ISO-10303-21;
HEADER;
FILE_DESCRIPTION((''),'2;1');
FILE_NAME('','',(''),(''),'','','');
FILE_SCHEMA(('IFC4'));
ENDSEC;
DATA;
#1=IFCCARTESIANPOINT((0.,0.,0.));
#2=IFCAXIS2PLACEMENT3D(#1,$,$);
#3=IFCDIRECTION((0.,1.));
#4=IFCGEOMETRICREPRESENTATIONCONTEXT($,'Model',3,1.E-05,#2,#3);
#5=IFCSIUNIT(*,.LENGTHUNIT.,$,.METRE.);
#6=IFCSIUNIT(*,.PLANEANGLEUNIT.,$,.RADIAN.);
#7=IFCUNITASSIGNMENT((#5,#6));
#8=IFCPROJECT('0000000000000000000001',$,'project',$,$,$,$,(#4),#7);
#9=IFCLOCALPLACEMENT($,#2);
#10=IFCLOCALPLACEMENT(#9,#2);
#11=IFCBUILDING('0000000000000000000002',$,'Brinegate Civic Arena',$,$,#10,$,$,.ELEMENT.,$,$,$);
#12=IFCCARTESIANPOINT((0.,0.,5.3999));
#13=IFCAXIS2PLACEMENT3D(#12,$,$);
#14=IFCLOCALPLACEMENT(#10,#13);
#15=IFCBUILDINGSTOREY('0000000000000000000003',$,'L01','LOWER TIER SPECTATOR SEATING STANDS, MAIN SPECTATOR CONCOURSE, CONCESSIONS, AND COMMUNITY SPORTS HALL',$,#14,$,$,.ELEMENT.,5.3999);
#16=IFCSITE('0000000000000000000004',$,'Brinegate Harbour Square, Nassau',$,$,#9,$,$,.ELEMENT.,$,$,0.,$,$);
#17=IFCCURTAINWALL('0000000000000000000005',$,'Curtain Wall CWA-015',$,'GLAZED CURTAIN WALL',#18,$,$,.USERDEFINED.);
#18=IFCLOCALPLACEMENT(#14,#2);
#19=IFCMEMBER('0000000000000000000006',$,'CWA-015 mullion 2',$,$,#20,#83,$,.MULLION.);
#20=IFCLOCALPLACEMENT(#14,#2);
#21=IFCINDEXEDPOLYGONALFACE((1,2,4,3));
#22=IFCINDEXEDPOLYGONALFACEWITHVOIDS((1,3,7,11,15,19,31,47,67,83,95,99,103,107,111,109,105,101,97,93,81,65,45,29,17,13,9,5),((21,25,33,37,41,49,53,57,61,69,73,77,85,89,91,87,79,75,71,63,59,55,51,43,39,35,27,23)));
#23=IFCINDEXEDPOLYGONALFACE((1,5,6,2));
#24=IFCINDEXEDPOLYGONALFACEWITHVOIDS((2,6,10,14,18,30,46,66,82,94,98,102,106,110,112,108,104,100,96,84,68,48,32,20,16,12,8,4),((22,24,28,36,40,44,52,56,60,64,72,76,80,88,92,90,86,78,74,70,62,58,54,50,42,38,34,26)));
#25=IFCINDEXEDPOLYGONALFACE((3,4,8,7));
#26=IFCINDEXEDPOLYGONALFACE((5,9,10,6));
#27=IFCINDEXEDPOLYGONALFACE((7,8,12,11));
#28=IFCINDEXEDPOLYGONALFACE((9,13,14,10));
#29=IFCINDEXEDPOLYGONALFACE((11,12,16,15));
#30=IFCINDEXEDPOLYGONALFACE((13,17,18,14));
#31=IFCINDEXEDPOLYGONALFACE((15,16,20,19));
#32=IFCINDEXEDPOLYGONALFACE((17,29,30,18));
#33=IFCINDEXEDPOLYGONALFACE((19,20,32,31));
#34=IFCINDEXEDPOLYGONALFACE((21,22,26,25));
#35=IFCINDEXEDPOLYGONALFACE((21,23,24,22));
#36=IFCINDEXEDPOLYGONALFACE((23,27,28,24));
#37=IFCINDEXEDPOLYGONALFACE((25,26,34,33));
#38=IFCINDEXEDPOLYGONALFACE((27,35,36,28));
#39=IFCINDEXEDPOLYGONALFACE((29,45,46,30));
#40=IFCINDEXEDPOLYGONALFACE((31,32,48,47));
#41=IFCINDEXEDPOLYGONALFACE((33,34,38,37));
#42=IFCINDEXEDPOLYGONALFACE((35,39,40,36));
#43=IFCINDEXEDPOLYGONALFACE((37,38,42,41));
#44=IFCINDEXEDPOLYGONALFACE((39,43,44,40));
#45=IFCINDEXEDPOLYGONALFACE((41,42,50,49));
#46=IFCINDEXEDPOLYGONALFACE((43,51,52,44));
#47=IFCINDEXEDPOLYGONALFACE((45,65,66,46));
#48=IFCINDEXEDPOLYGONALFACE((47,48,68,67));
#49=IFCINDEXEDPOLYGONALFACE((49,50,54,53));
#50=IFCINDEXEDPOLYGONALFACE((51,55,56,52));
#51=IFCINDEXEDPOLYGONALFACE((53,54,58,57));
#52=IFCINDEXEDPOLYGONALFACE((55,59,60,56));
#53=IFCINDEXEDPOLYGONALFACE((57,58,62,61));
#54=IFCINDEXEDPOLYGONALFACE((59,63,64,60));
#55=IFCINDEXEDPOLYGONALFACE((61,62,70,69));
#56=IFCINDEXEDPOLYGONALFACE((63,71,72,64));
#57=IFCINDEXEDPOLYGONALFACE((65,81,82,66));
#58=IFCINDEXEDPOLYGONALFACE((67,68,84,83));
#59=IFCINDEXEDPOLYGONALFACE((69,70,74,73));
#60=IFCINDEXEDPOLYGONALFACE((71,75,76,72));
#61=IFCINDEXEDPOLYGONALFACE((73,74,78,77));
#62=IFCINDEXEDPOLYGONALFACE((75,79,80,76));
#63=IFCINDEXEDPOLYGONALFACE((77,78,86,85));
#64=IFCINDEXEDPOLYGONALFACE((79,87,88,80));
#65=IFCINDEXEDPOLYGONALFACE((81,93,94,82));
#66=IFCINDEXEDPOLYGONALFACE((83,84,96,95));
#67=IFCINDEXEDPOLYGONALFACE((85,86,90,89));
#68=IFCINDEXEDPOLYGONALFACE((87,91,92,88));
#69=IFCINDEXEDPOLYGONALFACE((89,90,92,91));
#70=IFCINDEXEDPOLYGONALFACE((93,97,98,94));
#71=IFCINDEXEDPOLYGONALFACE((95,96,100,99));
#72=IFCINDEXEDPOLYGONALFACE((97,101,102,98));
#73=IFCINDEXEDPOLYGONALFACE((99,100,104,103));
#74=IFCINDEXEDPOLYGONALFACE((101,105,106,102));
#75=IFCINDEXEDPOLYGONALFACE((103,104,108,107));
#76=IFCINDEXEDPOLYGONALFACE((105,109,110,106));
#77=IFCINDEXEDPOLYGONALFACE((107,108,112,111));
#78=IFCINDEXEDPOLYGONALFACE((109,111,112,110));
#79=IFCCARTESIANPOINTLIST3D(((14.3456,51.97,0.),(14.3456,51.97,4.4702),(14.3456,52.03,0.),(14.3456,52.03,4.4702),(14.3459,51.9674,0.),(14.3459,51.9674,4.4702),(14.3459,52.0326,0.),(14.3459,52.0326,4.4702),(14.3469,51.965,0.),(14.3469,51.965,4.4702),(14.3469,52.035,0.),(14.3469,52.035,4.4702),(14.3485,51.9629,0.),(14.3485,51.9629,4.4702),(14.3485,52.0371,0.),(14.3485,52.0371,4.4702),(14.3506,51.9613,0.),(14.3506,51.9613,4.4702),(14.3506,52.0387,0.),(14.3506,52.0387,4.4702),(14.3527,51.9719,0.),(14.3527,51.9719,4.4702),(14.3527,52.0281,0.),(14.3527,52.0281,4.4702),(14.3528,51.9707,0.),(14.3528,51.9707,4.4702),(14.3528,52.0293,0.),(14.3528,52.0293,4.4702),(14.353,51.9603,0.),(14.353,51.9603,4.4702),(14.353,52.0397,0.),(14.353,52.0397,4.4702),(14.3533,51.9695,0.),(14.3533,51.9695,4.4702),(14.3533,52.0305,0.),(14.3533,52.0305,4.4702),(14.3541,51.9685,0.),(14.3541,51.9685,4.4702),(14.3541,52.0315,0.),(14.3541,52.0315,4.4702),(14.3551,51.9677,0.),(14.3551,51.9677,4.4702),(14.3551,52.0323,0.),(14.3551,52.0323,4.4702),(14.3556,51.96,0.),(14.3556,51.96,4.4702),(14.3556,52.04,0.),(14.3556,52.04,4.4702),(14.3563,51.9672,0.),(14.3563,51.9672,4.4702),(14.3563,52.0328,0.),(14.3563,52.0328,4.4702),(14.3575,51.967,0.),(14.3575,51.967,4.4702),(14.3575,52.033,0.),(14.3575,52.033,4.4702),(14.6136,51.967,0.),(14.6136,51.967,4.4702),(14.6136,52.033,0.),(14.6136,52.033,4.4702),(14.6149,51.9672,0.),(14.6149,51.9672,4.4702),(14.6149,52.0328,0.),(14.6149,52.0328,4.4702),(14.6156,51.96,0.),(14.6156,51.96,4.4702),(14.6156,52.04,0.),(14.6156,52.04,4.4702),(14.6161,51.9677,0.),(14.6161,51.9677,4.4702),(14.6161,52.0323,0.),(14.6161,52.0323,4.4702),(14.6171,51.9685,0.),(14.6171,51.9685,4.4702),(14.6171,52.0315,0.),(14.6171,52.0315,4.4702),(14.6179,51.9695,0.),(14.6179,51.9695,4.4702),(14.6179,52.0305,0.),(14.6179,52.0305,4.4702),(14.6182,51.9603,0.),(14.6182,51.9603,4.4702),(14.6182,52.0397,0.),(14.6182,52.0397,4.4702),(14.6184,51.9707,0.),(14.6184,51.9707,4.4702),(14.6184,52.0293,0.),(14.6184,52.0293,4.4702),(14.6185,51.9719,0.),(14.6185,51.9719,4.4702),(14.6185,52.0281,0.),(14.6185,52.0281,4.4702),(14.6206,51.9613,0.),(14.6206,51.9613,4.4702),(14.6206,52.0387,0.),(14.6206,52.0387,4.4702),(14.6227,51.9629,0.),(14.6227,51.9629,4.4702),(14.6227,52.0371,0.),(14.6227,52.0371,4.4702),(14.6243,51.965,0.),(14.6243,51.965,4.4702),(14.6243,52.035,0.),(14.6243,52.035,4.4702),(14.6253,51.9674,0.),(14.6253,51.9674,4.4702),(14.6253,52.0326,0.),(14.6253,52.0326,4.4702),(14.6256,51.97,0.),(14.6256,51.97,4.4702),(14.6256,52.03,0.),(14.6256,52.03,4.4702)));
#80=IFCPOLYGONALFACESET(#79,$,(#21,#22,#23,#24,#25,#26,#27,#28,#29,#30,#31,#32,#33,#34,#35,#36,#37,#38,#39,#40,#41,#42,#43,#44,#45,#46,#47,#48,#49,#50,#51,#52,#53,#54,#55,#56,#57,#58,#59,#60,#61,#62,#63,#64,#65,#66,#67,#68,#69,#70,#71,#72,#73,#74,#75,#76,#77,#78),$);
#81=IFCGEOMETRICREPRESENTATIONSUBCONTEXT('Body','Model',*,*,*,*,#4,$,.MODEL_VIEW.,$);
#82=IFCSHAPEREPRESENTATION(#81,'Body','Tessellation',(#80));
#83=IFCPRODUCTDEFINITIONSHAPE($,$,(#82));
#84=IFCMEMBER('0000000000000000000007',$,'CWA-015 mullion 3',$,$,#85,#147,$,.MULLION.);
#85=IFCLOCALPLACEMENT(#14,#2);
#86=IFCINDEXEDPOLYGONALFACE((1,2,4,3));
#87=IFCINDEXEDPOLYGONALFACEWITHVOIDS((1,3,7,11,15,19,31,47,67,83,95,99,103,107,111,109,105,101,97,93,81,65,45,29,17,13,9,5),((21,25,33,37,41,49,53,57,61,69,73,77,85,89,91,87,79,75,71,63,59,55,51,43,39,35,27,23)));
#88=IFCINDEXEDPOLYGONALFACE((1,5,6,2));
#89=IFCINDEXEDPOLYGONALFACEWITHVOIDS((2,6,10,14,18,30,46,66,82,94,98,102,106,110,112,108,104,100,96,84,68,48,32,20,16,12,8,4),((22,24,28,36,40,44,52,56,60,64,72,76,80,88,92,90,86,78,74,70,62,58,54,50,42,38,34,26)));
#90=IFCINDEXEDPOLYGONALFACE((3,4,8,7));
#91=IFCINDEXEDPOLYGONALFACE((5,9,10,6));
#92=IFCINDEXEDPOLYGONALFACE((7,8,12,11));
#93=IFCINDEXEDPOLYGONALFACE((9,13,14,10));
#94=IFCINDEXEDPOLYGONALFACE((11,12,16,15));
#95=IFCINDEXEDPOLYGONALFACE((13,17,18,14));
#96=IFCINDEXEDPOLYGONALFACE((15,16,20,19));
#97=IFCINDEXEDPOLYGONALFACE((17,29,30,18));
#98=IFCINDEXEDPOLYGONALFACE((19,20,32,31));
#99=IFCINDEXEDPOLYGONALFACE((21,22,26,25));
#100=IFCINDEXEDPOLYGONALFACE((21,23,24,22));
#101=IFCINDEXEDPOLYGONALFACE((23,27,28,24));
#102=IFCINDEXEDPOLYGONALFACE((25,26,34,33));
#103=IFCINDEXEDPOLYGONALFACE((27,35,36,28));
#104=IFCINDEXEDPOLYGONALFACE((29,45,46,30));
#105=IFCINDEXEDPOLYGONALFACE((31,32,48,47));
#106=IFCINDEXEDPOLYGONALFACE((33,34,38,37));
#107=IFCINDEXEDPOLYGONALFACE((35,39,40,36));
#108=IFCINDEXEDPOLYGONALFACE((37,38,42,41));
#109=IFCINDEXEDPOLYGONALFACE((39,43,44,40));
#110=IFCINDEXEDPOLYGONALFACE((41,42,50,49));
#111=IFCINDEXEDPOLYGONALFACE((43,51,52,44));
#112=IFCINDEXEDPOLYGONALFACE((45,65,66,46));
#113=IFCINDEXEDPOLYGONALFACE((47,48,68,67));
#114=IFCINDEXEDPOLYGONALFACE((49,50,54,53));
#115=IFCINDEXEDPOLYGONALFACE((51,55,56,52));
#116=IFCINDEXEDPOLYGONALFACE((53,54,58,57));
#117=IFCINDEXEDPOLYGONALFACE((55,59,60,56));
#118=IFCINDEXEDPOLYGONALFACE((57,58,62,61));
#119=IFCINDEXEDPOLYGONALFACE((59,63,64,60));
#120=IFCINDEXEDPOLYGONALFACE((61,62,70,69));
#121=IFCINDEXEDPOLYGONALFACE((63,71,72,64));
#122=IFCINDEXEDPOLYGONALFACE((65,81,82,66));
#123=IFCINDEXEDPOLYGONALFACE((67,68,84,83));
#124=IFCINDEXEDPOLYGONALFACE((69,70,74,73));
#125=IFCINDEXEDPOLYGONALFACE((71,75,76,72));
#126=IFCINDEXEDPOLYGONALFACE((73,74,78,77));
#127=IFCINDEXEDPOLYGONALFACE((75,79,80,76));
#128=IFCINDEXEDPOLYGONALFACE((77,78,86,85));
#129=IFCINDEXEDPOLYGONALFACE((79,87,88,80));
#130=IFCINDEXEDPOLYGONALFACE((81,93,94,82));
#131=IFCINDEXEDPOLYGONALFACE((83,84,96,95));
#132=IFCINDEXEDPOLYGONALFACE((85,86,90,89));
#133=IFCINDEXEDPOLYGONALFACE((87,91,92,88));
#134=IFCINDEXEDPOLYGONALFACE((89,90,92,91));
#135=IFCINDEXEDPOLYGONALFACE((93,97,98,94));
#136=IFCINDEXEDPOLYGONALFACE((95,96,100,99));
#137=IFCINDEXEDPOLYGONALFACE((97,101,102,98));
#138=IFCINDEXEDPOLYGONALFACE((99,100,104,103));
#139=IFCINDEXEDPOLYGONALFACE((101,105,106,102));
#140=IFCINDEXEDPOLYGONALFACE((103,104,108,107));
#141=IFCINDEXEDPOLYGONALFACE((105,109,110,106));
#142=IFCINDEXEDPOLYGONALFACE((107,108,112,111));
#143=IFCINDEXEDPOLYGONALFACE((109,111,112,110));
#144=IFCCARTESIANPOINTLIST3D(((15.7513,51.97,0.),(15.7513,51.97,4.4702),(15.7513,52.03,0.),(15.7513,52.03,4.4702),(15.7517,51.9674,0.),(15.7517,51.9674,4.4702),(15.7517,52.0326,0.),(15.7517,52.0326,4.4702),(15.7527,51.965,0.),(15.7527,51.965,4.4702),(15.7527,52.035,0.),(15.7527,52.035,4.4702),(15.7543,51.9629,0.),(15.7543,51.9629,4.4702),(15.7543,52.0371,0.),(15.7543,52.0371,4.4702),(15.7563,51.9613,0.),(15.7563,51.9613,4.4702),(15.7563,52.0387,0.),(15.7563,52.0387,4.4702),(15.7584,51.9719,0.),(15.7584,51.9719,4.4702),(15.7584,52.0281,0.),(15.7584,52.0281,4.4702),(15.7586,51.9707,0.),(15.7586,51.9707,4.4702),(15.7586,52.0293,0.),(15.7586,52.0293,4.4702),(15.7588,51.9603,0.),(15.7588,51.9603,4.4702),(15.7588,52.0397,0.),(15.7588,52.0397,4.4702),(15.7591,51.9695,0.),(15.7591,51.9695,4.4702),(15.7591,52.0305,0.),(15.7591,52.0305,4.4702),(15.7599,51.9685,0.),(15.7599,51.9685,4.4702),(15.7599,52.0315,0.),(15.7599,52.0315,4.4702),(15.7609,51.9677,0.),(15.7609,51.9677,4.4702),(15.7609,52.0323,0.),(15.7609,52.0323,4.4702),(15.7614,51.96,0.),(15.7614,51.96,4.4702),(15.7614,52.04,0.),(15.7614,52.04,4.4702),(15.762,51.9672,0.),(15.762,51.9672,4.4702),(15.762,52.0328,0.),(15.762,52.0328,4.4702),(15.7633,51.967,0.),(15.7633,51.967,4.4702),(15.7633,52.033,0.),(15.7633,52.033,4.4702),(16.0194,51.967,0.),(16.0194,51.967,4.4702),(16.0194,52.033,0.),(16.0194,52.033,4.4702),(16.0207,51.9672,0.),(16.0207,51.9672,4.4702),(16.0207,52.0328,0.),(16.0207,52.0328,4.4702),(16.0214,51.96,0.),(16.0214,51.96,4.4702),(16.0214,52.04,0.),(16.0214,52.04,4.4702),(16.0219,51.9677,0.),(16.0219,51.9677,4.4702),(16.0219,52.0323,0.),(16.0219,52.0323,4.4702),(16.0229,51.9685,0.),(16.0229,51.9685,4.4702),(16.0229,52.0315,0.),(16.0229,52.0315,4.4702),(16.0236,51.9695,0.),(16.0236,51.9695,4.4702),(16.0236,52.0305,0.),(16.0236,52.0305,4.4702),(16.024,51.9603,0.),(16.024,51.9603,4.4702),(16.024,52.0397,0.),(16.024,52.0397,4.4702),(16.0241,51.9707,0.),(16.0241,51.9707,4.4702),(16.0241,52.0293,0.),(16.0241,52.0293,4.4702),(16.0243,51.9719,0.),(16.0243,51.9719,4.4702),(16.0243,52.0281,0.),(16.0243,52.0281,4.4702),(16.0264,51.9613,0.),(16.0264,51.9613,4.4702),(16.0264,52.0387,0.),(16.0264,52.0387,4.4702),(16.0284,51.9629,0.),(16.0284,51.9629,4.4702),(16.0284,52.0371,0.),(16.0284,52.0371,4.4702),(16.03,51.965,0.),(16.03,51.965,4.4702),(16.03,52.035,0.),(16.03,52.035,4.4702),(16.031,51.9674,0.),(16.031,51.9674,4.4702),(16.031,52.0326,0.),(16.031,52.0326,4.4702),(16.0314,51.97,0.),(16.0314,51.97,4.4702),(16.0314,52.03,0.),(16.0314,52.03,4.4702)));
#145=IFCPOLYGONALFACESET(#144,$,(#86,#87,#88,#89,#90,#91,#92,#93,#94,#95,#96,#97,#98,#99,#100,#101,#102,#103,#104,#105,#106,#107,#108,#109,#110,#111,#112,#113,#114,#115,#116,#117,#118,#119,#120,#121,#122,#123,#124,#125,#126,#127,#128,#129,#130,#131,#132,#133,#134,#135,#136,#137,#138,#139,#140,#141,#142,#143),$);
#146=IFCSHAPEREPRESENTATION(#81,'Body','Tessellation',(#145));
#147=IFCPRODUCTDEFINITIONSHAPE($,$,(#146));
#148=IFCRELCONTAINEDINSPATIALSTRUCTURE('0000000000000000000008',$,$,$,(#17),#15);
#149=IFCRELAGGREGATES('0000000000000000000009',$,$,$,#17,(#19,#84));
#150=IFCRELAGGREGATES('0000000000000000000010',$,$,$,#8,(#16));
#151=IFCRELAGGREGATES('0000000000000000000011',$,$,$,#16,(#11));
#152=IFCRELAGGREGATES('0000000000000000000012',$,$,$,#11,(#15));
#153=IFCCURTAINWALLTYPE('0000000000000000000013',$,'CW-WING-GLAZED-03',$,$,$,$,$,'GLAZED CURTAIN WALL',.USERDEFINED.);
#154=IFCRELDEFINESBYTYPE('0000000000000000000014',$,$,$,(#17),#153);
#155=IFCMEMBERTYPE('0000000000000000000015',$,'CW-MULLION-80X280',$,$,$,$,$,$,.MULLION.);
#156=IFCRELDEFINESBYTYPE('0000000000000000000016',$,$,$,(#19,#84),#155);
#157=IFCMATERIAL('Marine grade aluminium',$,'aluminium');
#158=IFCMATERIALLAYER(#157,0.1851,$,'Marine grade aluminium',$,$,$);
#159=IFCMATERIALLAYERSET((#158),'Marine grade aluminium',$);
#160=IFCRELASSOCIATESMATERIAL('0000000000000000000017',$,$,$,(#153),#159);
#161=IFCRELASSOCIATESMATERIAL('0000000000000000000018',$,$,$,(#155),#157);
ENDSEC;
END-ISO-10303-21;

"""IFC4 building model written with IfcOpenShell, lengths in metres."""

from ifc_helpers import new_model, si_unit, direction, frame, origin, origin_2d, place, context, subcontext, project, spatial, hollow_rectangle, extrude, material, layer, layer_set, material_profile, profile_set, type_object, element, aggregate, save


model = new_model("IFC4")

# Units and contexts
model_context = context("Model", 3, precision=1e-05, world=origin(), true_north=direction((0.0, 1.0)))
body_context = subcontext(model_context, "Body", "Model", "MODEL_VIEW")
ifc_project = project(units=[si_unit("LENGTHUNIT", "METRE"), si_unit("PLANEANGLEUNIT", "RADIAN")], contexts=[model_context])

# Site, building, storey
site_placement = place(None, origin())
site = spatial("IfcSite", under=ifc_project, at=site_placement, Name="Brinegate Harbour Square, Nassau", CompositionType="ELEMENT", RefElevation=0.0)
building_placement = place(site_placement, origin())
building = spatial("IfcBuilding", under=site, at=building_placement, Name="Brinegate Civic Arena", CompositionType="ELEMENT")
storey_placement = place(building_placement, frame((0.0, 0.0, 5.3999)))
storey = spatial("IfcBuildingStorey", under=building, at=storey_placement, Name="L01", Description="LOWER TIER SPECTATOR SEATING STANDS, MAIN SPECTATOR CONCOURSE, CONCESSIONS, AND COMMUNITY SPORTS HALL", CompositionType="ELEMENT", Elevation=5.3999)

# Shared definitions
ifc_material_1 = material(Name="Marine grade aluminium", Category="aluminium")
ifc_layer_1 = layer(ifc_material_1, 0.1851, Name="Marine grade aluminium")
ifc_layer_set_1 = layer_set([ifc_layer_1], Name="Marine grade aluminium")
curtain_wall_type = type_object("IfcCurtainWallType", Name="CW-WING-GLAZED-03", ElementType="GLAZED CURTAIN WALL", PredefinedType="USERDEFINED", material=ifc_layer_set_1)

# Curtain wall, members
curtain_wall_1_placement = place(storey_placement, origin())
curtain_wall_1 = element("IfcCurtainWall", 1, at=curtain_wall_1_placement, inside=storey, type_object=curtain_wall_type, Name="Curtain Wall CWA-015", ObjectType="GLAZED CURTAIN WALL", PredefinedType="USERDEFINED")
ifc_material_profile_1 = material_profile(ifc_material_1, hollow_rectangle(XDim=0.0801, YDim=0.28, WallThickness=0.0071, InnerFilletRadius=0.0049, OuterFilletRadius=0.01, at=origin_2d()), Name="MUL80X280")
ifc_profile_set_1 = profile_set([ifc_material_profile_1], Name="Marine grade aluminium")
member_type_1 = type_object("IfcMemberType", Name="CW-MULLION-80X280", PredefinedType="MULLION", material=ifc_profile_set_1)
member_1_placement = place(storey_placement, frame((14.4856, 52.0, 0.0), z_axis=(0.0, 0.0, 1.0), x_axis=(0.0, 1.0, 0.0)))
member_1 = element("IfcMember", 2, at=member_1_placement, type_object=member_type_1, Name="CWA-015 mullion 2", PredefinedType="MULLION", context=body_context, shape_type="SweptSolid", body=[
    extrude(hollow_rectangle(XDim=0.0801, YDim=0.28, WallThickness=0.0071, InnerFilletRadius=0.0049, OuterFilletRadius=0.01, at=origin_2d()), origin(), (0.0, 0.0, 1.0), 4.4702),
])
member_2_placement = place(storey_placement, frame((15.8914, 52.0, 0.0), z_axis=(0.0, 0.0, 1.0), x_axis=(0.0, 1.0, 0.0)))
member_2 = element("IfcMember", 3, at=member_2_placement, type_object=member_type_1, Name="CWA-015 mullion 3", PredefinedType="MULLION", context=body_context, shape_type="SweptSolid", body=[
    extrude(hollow_rectangle(XDim=0.0801, YDim=0.28, WallThickness=0.0071, InnerFilletRadius=0.0049, OuterFilletRadius=0.01, at=origin_2d()), origin(), (0.0, 0.0, 1.0), 4.4702),
])

aggregate(curtain_wall_1, [member_1, member_2])

save(model, "model.ifc")
